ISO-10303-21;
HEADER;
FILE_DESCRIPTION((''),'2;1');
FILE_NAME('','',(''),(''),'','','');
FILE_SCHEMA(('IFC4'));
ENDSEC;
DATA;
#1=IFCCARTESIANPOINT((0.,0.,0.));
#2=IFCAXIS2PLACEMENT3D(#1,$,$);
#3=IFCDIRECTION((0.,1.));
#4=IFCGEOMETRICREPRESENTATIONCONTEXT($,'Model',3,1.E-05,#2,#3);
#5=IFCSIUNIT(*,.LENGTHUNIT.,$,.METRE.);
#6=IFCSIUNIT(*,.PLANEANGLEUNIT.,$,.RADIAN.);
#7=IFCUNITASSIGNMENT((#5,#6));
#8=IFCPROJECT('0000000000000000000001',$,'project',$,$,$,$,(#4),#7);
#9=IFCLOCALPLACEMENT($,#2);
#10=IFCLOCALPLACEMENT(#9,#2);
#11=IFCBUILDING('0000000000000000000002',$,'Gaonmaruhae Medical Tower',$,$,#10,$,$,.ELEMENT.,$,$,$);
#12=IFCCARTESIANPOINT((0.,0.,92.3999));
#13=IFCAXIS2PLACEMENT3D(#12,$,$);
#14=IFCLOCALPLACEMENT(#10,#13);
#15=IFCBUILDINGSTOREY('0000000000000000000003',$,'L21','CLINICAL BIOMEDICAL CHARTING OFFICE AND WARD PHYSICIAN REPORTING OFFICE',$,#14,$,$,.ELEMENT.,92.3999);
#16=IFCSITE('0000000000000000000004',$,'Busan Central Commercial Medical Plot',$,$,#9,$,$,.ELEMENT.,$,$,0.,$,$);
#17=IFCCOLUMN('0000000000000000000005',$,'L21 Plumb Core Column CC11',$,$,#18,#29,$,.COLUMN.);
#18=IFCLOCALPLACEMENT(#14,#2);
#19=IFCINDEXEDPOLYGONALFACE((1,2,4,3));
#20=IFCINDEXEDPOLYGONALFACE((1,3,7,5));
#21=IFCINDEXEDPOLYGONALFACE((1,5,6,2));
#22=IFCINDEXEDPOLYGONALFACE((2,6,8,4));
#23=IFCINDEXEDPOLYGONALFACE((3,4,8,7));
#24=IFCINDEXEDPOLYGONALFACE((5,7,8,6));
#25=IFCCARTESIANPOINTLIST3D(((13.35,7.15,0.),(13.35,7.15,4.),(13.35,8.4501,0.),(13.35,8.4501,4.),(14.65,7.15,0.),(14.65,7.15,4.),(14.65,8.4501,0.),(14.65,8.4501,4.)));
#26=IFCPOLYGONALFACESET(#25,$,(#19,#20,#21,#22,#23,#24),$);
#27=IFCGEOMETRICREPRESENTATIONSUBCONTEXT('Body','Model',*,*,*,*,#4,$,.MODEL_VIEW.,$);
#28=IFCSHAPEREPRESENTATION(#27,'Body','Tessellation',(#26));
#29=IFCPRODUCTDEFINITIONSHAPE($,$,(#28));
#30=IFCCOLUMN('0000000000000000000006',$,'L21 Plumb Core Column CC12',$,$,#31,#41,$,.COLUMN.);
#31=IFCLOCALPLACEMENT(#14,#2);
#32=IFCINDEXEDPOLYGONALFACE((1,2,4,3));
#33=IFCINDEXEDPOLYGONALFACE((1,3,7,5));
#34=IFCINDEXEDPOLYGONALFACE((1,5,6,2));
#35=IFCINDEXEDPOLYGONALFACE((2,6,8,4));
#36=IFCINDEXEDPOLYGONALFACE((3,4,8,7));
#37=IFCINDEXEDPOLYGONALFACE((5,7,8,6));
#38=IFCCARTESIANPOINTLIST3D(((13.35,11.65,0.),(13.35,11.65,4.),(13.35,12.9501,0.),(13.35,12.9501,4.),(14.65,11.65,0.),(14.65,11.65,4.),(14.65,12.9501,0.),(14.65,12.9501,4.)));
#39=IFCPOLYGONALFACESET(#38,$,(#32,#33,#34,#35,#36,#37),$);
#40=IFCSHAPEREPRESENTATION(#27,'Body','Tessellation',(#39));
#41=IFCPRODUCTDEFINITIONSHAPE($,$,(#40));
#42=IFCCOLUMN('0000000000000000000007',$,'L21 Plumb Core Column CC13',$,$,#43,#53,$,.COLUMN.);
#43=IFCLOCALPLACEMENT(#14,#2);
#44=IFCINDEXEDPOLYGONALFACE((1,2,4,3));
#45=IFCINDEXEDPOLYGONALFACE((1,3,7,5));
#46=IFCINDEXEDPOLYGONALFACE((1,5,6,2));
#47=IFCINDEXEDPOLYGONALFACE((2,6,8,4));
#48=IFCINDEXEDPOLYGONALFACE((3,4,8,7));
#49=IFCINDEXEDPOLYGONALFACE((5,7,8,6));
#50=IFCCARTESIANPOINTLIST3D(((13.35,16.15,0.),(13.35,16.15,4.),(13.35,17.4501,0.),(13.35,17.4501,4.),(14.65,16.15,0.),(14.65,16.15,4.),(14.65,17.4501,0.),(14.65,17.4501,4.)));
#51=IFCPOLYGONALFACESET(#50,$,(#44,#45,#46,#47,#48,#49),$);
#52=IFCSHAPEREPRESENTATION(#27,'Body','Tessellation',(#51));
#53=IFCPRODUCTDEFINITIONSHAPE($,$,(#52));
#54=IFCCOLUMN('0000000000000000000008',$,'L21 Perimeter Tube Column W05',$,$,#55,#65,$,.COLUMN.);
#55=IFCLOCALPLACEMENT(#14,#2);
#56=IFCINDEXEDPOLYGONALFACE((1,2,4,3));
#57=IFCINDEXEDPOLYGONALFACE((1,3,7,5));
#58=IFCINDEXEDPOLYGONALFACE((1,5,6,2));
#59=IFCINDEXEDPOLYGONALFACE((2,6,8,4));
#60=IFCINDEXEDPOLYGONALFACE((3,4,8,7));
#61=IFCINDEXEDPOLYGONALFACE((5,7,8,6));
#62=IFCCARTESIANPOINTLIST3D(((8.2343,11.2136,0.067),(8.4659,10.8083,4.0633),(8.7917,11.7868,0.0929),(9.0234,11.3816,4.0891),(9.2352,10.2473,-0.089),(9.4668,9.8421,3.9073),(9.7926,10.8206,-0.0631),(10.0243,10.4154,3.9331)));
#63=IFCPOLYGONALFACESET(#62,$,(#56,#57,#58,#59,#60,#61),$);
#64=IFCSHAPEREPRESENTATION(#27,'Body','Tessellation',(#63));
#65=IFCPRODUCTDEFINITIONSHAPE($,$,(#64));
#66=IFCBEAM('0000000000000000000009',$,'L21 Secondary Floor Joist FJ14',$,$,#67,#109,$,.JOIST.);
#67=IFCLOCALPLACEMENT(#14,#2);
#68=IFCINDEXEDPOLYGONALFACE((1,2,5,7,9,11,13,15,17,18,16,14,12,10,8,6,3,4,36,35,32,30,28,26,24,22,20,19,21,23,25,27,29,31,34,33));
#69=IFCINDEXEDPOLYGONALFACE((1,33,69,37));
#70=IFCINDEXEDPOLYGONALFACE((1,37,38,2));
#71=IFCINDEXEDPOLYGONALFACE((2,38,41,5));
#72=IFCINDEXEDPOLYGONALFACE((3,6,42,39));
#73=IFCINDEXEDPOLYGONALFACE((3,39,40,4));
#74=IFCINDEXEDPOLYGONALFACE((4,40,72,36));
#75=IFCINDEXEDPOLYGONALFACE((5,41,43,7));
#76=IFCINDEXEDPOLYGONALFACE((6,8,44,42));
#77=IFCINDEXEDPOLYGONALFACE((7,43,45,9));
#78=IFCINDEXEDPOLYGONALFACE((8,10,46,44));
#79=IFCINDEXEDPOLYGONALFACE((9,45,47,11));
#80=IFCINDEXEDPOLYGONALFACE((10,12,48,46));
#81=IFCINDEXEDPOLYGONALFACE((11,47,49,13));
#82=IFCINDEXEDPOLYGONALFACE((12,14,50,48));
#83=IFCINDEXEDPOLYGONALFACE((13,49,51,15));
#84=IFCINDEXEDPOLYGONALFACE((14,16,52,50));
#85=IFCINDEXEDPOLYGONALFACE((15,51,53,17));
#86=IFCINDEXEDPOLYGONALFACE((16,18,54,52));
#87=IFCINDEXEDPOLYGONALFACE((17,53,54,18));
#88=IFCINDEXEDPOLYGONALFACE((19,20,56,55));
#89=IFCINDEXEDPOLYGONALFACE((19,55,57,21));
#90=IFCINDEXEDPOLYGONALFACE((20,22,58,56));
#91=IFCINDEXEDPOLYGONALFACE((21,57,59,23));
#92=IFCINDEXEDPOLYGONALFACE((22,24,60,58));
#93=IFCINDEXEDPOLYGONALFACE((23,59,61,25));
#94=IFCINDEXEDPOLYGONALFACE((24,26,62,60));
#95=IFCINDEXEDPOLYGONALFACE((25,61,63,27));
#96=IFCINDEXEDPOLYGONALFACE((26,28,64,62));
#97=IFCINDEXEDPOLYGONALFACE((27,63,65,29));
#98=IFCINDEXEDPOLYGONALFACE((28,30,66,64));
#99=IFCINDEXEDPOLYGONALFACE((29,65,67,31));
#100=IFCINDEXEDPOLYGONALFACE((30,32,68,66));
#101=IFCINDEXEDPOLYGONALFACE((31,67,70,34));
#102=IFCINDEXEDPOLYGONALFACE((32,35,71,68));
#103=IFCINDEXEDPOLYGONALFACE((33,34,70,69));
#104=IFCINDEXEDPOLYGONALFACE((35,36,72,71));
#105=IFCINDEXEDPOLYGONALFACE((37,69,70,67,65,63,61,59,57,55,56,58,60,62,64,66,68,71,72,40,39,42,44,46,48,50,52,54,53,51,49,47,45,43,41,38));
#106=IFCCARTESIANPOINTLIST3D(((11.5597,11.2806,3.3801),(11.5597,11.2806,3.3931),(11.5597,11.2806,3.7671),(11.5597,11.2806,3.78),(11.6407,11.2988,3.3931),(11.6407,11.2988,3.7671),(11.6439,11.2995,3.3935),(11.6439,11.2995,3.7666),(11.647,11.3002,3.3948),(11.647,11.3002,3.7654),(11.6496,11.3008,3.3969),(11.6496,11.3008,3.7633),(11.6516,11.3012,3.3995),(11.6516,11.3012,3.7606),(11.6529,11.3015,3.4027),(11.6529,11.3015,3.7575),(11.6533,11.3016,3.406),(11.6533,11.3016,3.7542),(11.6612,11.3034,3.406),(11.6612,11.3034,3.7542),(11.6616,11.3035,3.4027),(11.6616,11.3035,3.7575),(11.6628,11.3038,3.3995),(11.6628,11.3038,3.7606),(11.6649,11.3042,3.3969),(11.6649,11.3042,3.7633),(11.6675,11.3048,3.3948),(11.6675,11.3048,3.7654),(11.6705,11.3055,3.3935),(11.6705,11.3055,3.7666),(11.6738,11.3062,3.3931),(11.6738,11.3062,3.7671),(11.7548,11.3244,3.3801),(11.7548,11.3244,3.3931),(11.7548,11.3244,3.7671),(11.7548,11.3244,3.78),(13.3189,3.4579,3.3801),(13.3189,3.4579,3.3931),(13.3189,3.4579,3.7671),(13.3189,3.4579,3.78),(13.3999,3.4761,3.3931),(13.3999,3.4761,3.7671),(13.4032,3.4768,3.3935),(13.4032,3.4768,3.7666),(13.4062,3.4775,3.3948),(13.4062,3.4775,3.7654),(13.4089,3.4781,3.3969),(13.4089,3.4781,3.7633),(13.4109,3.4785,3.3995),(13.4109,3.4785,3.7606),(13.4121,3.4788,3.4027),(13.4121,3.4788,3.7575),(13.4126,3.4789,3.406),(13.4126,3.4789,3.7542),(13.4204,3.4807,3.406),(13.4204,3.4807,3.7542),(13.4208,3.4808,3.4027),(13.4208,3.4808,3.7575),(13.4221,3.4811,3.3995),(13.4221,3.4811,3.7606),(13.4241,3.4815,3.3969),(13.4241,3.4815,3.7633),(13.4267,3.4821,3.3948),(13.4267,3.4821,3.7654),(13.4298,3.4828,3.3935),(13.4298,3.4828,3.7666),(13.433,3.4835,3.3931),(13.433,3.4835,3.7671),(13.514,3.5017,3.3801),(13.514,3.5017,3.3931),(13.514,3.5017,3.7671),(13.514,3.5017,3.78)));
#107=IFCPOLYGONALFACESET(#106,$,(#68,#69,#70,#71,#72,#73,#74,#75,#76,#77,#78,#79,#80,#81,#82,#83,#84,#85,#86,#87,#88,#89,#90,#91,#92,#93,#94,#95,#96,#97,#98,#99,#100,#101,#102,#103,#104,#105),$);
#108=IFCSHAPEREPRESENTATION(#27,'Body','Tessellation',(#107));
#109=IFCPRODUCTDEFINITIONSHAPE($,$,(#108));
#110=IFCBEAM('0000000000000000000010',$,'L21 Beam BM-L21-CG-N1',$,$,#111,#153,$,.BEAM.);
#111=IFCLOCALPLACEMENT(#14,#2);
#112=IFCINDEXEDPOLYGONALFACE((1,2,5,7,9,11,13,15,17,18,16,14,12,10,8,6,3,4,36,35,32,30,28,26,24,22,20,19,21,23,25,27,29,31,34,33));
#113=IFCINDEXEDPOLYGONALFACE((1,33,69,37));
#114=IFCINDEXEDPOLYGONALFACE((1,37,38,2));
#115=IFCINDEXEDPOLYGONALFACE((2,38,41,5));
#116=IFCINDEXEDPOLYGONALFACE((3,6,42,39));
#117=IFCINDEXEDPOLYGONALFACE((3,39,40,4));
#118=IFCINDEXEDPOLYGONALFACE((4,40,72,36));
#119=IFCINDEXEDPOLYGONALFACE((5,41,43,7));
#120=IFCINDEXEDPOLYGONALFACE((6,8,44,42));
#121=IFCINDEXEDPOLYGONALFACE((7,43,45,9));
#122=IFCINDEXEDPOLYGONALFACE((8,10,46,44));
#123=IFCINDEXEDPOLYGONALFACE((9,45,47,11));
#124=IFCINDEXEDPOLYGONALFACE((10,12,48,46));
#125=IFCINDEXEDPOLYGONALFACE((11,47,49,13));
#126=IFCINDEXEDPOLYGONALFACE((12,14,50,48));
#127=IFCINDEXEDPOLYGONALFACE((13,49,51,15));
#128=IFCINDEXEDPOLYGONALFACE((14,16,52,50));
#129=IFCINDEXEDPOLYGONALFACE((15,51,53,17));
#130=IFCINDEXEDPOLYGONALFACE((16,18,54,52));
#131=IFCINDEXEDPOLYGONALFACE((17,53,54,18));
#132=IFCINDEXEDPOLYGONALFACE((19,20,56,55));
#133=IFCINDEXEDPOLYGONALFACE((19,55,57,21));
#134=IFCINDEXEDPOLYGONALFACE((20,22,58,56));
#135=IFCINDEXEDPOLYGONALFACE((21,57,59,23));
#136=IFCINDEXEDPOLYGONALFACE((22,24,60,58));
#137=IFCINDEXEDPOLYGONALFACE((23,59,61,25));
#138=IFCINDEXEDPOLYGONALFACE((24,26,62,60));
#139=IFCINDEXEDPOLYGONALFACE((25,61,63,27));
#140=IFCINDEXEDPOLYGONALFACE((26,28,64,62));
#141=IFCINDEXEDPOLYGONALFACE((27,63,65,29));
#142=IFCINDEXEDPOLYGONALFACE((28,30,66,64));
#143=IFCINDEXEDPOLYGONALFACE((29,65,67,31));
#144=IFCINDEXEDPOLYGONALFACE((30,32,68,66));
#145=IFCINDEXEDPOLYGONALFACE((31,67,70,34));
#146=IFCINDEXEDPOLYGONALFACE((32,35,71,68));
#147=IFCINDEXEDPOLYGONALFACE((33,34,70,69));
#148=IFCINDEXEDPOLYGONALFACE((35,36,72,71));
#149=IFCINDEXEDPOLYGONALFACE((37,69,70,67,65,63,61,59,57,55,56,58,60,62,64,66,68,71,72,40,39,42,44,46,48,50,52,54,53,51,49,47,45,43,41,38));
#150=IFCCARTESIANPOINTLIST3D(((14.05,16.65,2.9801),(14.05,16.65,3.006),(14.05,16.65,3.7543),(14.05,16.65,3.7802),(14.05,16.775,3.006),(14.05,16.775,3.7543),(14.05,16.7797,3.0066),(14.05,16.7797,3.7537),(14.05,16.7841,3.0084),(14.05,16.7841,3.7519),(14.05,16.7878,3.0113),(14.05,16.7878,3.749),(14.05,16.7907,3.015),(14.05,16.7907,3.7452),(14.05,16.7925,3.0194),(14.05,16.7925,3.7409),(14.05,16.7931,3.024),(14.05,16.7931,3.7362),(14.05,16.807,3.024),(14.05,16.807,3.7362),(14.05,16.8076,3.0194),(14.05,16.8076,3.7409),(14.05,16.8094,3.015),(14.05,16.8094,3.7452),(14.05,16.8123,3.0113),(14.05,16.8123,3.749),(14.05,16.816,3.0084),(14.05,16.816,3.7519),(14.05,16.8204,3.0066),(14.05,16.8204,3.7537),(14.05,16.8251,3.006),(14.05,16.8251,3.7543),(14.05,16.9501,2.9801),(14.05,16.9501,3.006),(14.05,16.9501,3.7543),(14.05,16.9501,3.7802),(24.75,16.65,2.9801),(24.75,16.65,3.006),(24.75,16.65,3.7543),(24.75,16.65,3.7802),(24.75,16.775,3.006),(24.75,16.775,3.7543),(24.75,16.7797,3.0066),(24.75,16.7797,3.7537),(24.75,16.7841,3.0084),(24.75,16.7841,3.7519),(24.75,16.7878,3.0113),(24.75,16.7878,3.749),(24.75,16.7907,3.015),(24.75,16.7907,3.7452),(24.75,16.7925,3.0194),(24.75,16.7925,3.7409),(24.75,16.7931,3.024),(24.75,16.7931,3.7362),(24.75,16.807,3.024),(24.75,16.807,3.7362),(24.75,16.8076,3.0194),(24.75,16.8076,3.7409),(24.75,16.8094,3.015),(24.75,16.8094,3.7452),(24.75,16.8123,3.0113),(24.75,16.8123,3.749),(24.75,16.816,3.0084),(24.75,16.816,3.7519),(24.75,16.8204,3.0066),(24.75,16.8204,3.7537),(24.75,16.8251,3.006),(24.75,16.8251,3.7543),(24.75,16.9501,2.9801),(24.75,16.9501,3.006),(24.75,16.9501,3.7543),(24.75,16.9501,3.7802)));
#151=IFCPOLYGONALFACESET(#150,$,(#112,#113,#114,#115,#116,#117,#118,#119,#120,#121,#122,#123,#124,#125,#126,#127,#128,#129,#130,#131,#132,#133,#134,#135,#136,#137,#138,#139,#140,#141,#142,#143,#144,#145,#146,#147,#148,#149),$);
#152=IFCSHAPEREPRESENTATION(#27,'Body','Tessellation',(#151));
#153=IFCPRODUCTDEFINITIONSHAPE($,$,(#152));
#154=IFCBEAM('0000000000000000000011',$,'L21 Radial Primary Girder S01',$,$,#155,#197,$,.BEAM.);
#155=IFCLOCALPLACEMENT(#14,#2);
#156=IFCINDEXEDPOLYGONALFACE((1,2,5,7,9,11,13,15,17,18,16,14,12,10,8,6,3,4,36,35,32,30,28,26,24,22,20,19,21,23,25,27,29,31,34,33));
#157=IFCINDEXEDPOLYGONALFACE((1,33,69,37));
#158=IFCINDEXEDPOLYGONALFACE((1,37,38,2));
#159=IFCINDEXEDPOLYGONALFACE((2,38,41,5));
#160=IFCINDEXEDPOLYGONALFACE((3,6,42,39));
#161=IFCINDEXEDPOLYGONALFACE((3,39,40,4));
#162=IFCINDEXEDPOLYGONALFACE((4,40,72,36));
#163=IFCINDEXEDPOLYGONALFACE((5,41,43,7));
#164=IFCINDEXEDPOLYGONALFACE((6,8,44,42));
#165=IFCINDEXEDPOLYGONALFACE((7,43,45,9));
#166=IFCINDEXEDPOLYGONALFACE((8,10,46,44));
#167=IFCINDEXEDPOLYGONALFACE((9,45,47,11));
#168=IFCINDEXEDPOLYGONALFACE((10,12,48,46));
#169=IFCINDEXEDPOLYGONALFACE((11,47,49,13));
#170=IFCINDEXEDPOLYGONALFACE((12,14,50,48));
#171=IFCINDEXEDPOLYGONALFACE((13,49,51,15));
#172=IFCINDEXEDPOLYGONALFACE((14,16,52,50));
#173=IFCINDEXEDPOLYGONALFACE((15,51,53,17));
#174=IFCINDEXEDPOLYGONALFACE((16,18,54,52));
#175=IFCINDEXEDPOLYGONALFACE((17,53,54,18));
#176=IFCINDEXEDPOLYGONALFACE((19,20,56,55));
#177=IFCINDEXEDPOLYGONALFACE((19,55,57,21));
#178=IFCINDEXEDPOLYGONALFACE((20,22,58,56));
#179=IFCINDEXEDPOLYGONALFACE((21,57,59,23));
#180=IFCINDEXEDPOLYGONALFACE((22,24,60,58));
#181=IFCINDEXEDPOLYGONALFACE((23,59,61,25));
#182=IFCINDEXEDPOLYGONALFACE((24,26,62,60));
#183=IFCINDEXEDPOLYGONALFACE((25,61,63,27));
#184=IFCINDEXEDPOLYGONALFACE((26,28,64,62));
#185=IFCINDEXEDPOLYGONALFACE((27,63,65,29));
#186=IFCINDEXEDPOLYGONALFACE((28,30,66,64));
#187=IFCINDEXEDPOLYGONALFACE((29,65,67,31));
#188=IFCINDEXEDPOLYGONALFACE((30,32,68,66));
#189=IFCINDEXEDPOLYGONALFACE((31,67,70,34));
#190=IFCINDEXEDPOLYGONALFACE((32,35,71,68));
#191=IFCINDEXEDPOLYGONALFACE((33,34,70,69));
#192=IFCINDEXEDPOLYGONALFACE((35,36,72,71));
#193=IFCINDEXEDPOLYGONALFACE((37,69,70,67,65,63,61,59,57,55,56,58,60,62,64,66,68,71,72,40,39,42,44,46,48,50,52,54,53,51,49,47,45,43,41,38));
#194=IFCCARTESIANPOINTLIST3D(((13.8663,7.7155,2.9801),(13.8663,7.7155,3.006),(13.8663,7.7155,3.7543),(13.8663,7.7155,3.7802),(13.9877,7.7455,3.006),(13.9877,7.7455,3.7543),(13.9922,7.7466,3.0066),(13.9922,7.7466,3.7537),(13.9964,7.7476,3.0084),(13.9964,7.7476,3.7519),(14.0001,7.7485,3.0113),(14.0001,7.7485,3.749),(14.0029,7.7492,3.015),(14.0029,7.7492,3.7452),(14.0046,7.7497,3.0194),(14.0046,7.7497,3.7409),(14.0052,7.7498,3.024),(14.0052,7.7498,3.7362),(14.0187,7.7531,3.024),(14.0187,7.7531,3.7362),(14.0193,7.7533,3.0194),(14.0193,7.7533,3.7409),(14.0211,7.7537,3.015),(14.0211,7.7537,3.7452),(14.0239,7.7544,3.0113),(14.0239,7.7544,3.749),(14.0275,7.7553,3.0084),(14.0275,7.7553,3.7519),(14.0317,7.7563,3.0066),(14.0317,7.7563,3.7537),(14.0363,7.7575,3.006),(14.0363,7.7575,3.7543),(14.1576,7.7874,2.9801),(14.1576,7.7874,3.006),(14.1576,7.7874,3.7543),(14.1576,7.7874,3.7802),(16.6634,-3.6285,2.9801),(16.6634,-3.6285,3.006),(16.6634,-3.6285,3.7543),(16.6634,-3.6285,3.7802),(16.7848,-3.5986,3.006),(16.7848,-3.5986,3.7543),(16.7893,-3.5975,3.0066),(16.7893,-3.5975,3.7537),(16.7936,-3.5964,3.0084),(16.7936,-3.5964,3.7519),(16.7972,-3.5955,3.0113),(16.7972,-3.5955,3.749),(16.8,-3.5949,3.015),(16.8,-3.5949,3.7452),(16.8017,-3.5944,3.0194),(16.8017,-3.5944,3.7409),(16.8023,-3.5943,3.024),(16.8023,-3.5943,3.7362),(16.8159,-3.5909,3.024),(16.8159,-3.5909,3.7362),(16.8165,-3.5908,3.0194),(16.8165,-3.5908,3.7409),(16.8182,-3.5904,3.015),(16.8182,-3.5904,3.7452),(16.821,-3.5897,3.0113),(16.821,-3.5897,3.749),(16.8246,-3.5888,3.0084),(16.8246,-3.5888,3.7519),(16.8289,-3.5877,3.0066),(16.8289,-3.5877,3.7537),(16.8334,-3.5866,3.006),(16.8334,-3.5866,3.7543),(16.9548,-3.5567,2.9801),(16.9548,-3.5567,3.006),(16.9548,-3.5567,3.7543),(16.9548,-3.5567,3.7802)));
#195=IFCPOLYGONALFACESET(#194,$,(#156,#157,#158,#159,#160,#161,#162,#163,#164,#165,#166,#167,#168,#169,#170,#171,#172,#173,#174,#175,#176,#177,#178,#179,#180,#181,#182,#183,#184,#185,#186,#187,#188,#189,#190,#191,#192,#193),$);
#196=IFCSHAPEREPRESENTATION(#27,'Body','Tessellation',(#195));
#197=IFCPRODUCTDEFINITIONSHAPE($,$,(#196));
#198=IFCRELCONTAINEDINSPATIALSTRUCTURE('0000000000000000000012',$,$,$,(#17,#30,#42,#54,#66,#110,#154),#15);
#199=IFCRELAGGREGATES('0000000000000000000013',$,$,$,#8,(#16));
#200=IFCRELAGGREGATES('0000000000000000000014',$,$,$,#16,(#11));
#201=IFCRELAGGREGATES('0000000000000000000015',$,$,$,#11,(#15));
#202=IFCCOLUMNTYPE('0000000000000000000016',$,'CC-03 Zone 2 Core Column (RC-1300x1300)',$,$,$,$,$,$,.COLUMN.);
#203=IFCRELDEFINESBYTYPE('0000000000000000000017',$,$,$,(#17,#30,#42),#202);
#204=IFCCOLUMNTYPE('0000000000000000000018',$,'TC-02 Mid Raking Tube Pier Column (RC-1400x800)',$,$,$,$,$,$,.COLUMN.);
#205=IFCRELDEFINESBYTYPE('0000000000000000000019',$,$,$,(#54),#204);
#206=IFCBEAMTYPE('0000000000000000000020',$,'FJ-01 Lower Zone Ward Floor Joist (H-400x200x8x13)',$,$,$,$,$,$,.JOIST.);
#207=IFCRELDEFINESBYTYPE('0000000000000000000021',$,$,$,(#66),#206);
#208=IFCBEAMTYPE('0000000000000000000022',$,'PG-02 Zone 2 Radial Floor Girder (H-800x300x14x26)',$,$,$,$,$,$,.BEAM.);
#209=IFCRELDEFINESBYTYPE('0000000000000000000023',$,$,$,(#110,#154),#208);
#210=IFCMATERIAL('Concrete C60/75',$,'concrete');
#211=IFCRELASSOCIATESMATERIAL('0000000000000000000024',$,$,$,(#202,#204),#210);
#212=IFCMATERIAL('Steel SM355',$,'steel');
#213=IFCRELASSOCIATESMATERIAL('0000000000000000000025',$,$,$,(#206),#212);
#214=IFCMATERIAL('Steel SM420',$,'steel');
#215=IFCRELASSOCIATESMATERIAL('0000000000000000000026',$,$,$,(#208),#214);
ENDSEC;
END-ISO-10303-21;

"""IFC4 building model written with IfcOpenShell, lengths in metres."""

from ifc_helpers import new_model, si_unit, direction, frame, origin, origin_2d, place, context, subcontext, project, spatial, rectangle, i_section, extrude, material, material_profile, profile_set, type_object, element, save


model = new_model("IFC4")

# Units and contexts
model_context = context("Model", 3, precision=1e-05, world=origin(), true_north=direction((0.0, 1.0)))
body_context = subcontext(model_context, "Body", "Model", "MODEL_VIEW")
ifc_project = project(units=[si_unit("LENGTHUNIT", "METRE"), si_unit("PLANEANGLEUNIT", "RADIAN")], contexts=[model_context])

# Site, building, storey
site_placement = place(None, origin())
site = spatial("IfcSite", under=ifc_project, at=site_placement, Name="Busan Central Commercial Medical Plot", CompositionType="ELEMENT", RefElevation=0.0)
building_placement = place(site_placement, origin())
building = spatial("IfcBuilding", under=site, at=building_placement, Name="Gaonmaruhae Medical Tower", CompositionType="ELEMENT")
storey_placement = place(building_placement, frame((0.0, 0.0, 92.3999)))
storey = spatial("IfcBuildingStorey", under=building, at=storey_placement, Name="L21", Description="CLINICAL BIOMEDICAL CHARTING OFFICE AND WARD PHYSICIAN REPORTING OFFICE", CompositionType="ELEMENT", Elevation=92.3999)

# Columns
ifc_material_1 = material(Name="Concrete C60/75", Category="concrete")
ifc_material_profile_1 = material_profile(ifc_material_1, rectangle(XDim=1.3, YDim=1.3, at=origin_2d()), Name="RC-1300x1300")
ifc_profile_set_1 = profile_set([ifc_material_profile_1], Name="Concrete C60/75")
column_type_1 = type_object("IfcColumnType", Name="CC-03 Zone 2 Core Column (RC-1300x1300)", PredefinedType="COLUMN", material=ifc_profile_set_1)
for number, where, z_axis, x_axis, name in (
    (1, (14.0, 7.8, 0.0), (0.0, 0.0, 1.0), (1.0, 0.0, 0.0), "L21 Plumb Core Column CC11"),
    (2, (14.0, 12.3, 0.0), (0.0, 0.0, 1.0), (1.0, 0.0, 0.0), "L21 Plumb Core Column CC12"),
    (3, (14.0, 16.8, 0.0), (0.0, 0.0, 1.0), (1.0, 0.0, 0.0), "L21 Plumb Core Column CC13"),
):
    element("IfcColumn", number, at=place(storey_placement, frame(where, z_axis=z_axis, x_axis=x_axis)), inside=storey, type_object=column_type_1, Name=name, PredefinedType="COLUMN", context=body_context, shape_type="SweptSolid", body=[
        extrude(rectangle(XDim=1.3, YDim=1.3, at=origin_2d()), origin(), (0.0, 0.0, 1.0), 4.0),
    ])
ifc_material_profile_2 = material_profile(ifc_material_1, rectangle(XDim=1.3999, YDim=0.8, at=origin_2d()), Name="RC-1400x800")
ifc_profile_set_2 = profile_set([ifc_material_profile_2], Name="Concrete C60/75")
column_type_2 = type_object("IfcColumnType", Name="TC-02 Mid Raking Tube Pier Column (RC-1400x800)", PredefinedType="COLUMN", material=ifc_profile_set_2)
column_placement = place(storey_placement, frame((9.0134, 11.0171, 0.002), z_axis=(0.057584, -0.100726, 0.993246), x_axis=(-0.71498, 0.690205, 0.111446)))
element("IfcColumn", 4, at=column_placement, inside=storey, type_object=column_type_2, Name="L21 Perimeter Tube Column W05", PredefinedType="COLUMN", context=body_context, shape_type="SweptSolid", body=[
    extrude(rectangle(XDim=1.3999, YDim=0.8, at=origin_2d()), origin(), (0.0, 0.0, 1.0), 4.0234),
])

# Beams
ifc_material_2 = material(Name="Steel SM355", Category="steel")
ifc_material_profile_3 = material_profile(ifc_material_2, i_section(OverallWidth=0.2, OverallDepth=0.3999, WebThickness=0.0081, FlangeThickness=0.0129, FilletRadius=0.0129, at=origin_2d()), Name="H-400x200x8x13")
ifc_profile_set_3 = profile_set([ifc_material_profile_3], Name="Steel SM355")
beam_type_1 = type_object("IfcBeamType", Name="FJ-01 Lower Zone Ward Floor Joist (H-400x200x8x13)", PredefinedType="JOIST", material=ifc_profile_set_3)
beam_1_placement = place(storey_placement, frame((11.6572, 11.3025, 3.5801), z_axis=(0.219412, -0.975632, 0.0), x_axis=(0.975632, 0.219412, 0.0)))
element("IfcBeam", 5, at=beam_1_placement, inside=storey, type_object=beam_type_1, Name="L21 Secondary Floor Joist FJ14", PredefinedType="JOIST", context=body_context, shape_type="SweptSolid", body=[
    extrude(i_section(OverallWidth=0.2, OverallDepth=0.3999, WebThickness=0.0081, FlangeThickness=0.0129, FilletRadius=0.0129, at=origin_2d()), origin(), (0.0, 0.0, 1.0), 8.0181),
])
ifc_material_3 = material(Name="Steel SM420", Category="steel")
ifc_material_profile_4 = material_profile(ifc_material_3, i_section(OverallWidth=0.3, OverallDepth=0.8, WebThickness=0.0139, FlangeThickness=0.0259, FilletRadius=0.0181, at=origin_2d()), Name="H-800x300x14x26")
ifc_profile_set_4 = profile_set([ifc_material_profile_4], Name="Steel SM420")
beam_type_2 = type_object("IfcBeamType", Name="PG-02 Zone 2 Radial Floor Girder (H-800x300x14x26)", PredefinedType="BEAM", material=ifc_profile_set_4)
beam_2_placement = place(storey_placement, frame((14.05, 16.8, 3.3801), z_axis=(1.0, 0.0, 0.0), x_axis=(0.0, 1.0, 0.0)))
element("IfcBeam", 6, at=beam_2_placement, inside=storey, type_object=beam_type_2, Name="L21 Beam BM-L21-CG-N1", PredefinedType="BEAM", context=body_context, shape_type="SweptSolid", body=[
    extrude(i_section(OverallWidth=0.3, OverallDepth=0.8, WebThickness=0.0139, FlangeThickness=0.0259, FilletRadius=0.0181, at=origin_2d()), origin(), (0.0, 0.0, 1.0), 10.7),
])
beam_3_placement = place(storey_placement, frame((14.012, 7.7515, 3.3801), z_axis=(0.239402, -0.97092, 0.0), x_axis=(0.97092, 0.239402, 0.0)))
element("IfcBeam", 7, at=beam_3_placement, inside=storey, type_object=beam_type_2, Name="L21 Radial Primary Girder S01", PredefinedType="BEAM", context=body_context, shape_type="SweptSolid", body=[
    extrude(i_section(OverallWidth=0.3, OverallDepth=0.8, WebThickness=0.0139, FlangeThickness=0.0259, FilletRadius=0.0181, at=origin_2d()), origin(), (0.0, 0.0, 1.0), 11.6838),
])

save(model, "model.ifc")
